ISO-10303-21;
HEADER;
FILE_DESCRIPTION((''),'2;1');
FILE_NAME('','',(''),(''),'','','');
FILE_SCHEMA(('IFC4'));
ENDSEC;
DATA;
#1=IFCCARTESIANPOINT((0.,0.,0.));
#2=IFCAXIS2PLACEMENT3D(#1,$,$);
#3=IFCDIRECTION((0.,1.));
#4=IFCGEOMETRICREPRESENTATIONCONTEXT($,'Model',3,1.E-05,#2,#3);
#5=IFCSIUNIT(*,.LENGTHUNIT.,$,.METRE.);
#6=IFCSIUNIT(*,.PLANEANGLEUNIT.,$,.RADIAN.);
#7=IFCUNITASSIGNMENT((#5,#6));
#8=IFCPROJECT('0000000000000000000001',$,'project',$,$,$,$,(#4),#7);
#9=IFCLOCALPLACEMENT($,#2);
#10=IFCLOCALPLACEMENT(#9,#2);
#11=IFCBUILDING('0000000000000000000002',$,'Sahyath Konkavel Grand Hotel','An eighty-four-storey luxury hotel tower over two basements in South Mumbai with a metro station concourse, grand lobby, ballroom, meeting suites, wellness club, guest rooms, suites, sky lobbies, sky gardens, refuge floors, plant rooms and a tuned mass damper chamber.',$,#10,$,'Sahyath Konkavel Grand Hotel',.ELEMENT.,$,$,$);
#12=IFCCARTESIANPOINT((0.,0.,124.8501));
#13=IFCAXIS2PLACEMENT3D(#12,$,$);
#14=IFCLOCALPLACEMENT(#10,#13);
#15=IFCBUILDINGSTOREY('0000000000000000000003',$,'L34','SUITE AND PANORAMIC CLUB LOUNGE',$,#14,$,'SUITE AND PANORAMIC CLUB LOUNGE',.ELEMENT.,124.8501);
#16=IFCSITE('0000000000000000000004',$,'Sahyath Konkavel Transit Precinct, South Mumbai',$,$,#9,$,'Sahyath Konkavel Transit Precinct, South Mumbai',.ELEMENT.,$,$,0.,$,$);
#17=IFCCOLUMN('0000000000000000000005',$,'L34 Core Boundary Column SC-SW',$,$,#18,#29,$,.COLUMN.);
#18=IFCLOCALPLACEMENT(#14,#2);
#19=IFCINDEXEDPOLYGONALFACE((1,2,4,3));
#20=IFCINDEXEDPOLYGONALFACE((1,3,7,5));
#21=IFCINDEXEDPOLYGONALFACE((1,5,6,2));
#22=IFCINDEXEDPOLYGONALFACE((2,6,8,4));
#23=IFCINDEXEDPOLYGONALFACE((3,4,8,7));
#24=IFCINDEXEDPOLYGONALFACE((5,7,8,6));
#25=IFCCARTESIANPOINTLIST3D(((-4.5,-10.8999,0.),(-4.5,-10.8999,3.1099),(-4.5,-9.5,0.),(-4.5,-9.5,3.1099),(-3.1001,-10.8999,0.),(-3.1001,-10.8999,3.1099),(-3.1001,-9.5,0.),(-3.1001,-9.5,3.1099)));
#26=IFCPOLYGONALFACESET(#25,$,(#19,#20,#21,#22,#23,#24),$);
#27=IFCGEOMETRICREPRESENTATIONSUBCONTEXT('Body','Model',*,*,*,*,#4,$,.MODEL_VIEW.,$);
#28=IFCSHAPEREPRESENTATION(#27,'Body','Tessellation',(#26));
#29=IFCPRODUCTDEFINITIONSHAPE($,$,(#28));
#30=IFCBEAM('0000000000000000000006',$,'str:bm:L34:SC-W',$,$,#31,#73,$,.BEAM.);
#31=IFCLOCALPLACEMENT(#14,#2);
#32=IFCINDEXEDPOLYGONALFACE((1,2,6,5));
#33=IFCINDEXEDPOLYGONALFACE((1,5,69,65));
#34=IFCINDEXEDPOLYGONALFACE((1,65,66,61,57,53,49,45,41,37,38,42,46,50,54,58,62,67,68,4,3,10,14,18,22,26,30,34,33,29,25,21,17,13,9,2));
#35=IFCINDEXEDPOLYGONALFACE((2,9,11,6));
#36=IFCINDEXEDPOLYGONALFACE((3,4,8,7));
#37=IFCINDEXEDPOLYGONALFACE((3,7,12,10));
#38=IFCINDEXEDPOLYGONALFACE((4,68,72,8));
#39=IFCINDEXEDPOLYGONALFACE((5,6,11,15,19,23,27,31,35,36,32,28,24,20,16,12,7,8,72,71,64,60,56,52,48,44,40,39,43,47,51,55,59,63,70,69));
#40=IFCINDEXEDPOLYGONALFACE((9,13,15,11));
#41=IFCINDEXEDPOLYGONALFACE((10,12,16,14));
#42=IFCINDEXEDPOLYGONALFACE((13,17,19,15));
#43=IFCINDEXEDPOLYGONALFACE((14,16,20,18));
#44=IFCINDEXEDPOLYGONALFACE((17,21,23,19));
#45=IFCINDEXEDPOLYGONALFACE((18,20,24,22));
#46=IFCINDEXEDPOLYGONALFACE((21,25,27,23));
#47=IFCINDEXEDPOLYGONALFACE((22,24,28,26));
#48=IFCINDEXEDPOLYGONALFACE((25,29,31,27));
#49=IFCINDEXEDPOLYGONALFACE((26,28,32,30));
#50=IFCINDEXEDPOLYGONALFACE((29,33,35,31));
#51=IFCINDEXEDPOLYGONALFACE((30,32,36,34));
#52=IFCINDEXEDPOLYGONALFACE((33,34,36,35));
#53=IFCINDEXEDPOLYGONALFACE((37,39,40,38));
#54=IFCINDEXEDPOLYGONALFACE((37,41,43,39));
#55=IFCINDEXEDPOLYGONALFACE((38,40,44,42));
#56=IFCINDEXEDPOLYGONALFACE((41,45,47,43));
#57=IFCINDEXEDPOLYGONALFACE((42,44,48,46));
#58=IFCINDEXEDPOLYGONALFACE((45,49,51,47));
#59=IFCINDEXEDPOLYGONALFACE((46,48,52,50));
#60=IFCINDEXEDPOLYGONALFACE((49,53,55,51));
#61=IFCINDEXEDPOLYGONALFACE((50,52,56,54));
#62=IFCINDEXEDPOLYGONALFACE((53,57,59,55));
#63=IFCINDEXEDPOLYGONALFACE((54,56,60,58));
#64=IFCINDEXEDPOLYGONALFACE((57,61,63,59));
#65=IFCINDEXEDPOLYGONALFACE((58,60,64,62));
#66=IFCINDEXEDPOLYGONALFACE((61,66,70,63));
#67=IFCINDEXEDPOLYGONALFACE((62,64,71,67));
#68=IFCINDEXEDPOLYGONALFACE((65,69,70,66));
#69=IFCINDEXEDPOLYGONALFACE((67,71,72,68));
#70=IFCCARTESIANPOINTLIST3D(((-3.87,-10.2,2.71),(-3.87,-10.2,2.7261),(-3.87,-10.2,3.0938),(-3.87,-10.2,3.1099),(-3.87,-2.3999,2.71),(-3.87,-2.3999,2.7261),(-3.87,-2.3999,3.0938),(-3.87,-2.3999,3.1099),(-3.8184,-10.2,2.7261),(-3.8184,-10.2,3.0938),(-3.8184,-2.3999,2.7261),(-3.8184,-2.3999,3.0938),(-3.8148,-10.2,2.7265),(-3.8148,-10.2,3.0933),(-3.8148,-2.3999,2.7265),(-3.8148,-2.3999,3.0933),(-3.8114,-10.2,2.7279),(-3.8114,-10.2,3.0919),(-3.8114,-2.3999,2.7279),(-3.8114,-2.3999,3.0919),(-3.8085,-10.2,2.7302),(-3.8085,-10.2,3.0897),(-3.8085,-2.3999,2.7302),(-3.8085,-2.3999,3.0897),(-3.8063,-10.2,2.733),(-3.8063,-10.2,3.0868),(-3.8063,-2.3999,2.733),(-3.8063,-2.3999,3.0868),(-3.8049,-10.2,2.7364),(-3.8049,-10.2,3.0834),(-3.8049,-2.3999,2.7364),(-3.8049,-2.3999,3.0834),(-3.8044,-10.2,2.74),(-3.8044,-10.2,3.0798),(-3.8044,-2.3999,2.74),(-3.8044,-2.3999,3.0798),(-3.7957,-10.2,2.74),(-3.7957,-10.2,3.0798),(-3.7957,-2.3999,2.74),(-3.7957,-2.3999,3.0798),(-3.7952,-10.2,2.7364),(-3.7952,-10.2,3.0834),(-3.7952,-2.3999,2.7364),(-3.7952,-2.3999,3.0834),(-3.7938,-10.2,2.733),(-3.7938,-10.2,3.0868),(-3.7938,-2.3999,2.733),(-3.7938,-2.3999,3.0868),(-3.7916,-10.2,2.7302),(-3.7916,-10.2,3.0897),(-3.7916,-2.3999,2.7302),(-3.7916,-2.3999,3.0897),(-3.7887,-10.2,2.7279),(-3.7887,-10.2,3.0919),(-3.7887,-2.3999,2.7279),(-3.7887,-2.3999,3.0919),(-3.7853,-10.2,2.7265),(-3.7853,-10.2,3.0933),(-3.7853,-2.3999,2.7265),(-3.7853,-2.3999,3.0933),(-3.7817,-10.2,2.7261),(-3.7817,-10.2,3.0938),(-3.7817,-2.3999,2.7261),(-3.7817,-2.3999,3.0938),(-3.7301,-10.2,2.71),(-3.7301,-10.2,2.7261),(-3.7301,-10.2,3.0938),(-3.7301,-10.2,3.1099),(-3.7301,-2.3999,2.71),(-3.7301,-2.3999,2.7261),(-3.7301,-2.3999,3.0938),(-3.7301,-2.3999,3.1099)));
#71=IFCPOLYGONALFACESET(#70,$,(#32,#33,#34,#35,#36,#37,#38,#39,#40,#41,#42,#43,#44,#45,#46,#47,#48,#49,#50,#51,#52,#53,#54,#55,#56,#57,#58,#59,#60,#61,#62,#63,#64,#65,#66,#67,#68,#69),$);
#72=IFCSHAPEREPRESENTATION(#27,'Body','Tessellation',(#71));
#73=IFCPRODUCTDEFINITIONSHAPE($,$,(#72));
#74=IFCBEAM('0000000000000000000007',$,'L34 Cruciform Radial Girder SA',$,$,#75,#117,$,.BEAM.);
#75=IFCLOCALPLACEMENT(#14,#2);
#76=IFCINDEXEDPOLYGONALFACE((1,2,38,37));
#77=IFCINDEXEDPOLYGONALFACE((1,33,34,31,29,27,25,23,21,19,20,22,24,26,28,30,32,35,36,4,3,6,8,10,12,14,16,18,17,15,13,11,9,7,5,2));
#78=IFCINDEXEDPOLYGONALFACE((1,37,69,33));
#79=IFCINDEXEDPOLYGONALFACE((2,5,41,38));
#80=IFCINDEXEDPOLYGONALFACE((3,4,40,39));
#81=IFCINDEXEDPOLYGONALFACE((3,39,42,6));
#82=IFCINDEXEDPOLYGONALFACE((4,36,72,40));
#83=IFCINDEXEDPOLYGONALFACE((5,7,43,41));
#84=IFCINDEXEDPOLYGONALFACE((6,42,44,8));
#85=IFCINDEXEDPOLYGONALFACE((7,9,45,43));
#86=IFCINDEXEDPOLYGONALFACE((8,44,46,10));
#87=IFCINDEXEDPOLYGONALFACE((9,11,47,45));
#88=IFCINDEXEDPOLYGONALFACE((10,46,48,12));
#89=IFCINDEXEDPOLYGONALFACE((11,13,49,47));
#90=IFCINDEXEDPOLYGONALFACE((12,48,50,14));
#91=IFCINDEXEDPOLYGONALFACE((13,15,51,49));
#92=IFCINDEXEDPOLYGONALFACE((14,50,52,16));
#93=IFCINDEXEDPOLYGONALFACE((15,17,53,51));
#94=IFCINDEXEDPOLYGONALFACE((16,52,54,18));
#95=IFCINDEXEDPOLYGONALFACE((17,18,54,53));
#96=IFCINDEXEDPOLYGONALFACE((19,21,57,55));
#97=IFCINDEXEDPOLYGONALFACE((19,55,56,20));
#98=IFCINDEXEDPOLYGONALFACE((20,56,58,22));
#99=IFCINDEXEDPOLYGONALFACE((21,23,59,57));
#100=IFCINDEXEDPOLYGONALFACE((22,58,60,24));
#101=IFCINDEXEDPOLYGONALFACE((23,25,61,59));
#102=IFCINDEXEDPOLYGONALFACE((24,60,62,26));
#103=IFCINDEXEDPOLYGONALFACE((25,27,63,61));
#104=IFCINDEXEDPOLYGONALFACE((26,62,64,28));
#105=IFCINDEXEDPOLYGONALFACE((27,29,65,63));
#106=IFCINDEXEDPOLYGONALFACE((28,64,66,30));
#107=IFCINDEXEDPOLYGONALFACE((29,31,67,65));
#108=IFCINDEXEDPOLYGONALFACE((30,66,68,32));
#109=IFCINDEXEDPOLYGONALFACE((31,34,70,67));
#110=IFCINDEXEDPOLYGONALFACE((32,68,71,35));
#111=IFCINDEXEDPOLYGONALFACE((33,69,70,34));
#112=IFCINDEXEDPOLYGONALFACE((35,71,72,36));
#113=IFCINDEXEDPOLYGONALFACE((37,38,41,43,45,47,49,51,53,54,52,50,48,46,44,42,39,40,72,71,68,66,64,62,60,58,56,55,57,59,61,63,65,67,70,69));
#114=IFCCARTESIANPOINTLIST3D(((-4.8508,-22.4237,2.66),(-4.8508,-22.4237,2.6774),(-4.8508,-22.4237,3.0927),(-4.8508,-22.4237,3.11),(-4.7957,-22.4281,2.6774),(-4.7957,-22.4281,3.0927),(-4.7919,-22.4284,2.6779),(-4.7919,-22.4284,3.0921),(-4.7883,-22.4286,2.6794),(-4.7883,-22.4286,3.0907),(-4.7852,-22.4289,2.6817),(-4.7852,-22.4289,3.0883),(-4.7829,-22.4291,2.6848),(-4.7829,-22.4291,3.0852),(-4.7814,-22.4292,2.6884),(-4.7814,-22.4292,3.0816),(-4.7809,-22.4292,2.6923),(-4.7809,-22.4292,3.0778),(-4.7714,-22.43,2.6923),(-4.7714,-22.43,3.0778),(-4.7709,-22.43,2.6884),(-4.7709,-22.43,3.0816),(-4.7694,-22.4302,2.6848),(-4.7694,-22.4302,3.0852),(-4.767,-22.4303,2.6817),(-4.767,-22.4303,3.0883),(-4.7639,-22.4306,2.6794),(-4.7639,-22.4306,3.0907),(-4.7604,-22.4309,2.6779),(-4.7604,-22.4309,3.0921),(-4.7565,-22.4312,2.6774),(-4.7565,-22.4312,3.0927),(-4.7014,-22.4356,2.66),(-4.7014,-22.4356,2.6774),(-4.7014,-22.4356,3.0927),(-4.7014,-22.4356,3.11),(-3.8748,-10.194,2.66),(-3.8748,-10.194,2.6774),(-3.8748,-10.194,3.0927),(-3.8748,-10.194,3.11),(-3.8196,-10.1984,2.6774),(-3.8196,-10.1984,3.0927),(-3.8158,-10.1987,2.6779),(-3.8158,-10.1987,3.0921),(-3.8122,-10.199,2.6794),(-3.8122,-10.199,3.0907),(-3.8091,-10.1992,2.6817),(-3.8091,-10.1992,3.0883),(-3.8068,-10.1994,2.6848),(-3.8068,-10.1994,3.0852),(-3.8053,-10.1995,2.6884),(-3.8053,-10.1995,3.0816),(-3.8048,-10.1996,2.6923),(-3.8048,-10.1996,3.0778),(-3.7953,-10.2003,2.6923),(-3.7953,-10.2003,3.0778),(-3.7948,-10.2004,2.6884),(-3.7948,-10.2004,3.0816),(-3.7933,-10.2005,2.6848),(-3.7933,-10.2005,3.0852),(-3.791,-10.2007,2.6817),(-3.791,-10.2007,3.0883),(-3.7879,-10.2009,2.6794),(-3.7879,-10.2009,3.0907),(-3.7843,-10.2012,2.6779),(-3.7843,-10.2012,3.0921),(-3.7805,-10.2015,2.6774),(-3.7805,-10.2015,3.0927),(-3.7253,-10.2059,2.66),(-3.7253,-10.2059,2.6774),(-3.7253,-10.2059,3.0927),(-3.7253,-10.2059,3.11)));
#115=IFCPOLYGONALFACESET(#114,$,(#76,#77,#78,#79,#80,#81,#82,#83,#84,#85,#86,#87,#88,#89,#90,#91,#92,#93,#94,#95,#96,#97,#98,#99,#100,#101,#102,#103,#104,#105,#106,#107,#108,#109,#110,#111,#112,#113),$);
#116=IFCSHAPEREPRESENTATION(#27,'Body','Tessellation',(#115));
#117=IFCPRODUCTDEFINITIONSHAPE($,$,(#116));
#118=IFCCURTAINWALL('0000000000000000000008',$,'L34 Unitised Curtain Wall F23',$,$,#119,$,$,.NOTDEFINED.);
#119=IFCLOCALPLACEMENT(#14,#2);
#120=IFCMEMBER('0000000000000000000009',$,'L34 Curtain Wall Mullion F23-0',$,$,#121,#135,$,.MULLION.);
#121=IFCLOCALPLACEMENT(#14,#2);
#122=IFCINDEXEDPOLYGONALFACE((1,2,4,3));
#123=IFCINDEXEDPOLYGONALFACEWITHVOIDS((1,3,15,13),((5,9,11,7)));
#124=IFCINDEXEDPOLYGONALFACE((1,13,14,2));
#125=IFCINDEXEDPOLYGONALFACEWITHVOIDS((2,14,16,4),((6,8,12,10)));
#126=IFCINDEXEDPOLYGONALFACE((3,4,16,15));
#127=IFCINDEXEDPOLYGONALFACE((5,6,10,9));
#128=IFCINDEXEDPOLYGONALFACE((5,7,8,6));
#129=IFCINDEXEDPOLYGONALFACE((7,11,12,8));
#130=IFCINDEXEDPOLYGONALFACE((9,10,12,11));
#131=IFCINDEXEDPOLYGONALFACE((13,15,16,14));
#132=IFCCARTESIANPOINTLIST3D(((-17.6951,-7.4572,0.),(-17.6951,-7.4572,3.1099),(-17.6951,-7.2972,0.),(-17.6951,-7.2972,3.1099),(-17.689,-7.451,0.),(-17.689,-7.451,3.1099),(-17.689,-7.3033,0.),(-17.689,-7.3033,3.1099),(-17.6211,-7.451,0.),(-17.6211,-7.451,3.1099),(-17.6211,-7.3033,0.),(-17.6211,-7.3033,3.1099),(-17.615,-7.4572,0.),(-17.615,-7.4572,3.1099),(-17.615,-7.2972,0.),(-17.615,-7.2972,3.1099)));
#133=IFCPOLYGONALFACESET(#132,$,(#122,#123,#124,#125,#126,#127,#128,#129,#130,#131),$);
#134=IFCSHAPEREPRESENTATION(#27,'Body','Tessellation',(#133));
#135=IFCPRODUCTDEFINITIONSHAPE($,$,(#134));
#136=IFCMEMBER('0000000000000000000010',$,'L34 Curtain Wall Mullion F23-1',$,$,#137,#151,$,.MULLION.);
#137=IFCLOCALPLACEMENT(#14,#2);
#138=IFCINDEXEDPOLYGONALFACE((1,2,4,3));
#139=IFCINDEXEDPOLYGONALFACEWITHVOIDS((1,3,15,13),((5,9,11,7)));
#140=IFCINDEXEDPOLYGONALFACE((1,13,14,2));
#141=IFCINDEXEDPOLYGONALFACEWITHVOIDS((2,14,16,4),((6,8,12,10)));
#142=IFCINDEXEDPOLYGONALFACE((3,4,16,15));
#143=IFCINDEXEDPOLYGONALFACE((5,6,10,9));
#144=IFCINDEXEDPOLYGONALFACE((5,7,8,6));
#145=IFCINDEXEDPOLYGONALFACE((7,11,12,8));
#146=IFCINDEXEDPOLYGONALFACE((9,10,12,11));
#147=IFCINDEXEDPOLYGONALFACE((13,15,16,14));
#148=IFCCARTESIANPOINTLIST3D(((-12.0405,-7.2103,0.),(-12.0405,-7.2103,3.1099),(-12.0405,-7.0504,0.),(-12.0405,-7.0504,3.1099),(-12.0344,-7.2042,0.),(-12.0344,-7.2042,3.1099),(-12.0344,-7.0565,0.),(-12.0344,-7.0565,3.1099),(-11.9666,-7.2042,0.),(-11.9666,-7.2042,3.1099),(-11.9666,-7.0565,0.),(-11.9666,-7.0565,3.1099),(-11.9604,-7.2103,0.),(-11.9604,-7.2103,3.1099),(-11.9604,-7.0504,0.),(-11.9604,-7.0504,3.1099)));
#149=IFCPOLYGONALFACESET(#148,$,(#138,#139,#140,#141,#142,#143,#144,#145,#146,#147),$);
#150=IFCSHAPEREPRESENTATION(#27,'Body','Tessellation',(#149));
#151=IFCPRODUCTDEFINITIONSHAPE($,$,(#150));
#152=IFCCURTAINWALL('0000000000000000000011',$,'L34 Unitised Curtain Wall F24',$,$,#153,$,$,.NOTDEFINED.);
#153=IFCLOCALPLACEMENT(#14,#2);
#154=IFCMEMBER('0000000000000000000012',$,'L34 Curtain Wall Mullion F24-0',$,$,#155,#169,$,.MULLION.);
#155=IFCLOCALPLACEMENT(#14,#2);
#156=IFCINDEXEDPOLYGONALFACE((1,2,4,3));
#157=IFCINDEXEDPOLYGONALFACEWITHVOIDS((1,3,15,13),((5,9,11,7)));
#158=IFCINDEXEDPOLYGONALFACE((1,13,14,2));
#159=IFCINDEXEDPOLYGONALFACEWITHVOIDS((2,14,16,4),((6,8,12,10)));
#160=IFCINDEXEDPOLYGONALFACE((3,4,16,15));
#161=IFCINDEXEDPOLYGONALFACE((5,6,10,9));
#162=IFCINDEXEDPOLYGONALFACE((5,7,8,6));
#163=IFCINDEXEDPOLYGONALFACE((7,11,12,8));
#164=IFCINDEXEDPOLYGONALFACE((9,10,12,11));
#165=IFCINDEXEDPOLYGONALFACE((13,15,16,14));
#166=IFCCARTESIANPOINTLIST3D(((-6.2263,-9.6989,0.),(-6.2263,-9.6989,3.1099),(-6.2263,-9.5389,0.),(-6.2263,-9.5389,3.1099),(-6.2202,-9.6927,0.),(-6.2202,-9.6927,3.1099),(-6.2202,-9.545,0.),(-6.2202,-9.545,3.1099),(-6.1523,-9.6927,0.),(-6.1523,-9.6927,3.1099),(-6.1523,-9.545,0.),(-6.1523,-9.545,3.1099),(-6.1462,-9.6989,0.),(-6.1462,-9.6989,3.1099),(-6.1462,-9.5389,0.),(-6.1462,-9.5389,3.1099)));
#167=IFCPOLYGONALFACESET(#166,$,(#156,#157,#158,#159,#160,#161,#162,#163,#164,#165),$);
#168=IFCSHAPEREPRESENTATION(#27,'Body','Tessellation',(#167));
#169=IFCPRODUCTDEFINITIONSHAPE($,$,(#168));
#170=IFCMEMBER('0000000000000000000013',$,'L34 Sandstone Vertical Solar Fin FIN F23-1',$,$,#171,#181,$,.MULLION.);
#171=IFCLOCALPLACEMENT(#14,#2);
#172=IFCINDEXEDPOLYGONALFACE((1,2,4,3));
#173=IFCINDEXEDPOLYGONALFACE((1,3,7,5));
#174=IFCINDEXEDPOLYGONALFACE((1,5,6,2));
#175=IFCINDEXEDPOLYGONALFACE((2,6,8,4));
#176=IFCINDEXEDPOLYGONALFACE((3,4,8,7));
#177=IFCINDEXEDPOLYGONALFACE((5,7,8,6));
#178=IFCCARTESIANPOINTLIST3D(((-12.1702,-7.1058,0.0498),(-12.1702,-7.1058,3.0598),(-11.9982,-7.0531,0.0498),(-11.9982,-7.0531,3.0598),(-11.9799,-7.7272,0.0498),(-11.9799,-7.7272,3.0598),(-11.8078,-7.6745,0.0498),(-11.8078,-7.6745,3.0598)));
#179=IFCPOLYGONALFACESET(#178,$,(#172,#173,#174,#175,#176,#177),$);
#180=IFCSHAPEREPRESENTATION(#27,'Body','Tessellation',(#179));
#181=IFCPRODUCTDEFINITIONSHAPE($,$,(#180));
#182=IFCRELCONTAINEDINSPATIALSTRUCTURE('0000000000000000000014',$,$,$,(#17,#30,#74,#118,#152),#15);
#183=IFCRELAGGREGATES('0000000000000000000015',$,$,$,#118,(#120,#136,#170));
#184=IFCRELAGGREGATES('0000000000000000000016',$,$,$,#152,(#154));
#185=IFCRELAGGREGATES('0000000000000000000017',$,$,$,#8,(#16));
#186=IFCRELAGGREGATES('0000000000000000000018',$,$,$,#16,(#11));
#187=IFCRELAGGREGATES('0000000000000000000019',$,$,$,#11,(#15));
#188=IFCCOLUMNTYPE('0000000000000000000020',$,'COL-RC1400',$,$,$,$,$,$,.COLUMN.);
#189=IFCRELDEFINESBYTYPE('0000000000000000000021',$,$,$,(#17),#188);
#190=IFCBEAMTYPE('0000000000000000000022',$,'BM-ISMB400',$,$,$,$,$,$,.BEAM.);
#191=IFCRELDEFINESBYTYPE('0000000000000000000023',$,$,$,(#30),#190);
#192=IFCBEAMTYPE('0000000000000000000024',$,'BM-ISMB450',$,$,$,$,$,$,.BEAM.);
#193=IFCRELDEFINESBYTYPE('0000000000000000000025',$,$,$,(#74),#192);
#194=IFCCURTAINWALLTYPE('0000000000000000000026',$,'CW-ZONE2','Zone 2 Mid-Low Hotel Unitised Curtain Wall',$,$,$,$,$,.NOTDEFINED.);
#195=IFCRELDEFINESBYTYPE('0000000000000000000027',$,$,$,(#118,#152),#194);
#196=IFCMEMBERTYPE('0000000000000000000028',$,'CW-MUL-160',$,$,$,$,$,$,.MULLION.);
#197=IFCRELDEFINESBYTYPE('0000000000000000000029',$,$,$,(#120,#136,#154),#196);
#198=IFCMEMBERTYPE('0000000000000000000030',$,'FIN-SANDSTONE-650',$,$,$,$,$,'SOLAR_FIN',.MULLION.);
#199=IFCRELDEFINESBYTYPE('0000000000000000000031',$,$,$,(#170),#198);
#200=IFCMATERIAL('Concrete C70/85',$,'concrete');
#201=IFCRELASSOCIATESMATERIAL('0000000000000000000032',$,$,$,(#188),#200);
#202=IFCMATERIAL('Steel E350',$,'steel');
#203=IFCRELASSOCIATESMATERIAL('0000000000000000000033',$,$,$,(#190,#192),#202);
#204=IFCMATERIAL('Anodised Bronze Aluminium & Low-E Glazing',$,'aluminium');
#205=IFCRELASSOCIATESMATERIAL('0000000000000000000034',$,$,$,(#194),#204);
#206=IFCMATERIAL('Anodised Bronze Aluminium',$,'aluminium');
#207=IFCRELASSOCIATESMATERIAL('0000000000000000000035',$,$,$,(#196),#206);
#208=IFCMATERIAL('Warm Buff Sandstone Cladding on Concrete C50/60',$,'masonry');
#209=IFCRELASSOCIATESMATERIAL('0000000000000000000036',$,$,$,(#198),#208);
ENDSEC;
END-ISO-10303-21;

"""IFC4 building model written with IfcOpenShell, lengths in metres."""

from ifc_helpers import new_model, si_unit, direction, frame, origin, origin_2d, place, context, subcontext, project, spatial, rectangle, hollow_rectangle, i_section, extrude, source, transform, mapped, material, material_profile, profile_set, type_object, element, aggregate, save


model = new_model("IFC4")

# Units and contexts
model_context = context("Model", 3, precision=1e-05, world=origin(), true_north=direction((0.0, 1.0)))
body_context = subcontext(model_context, "Body", "Model", "MODEL_VIEW")
ifc_project = project(units=[si_unit("LENGTHUNIT", "METRE"), si_unit("PLANEANGLEUNIT", "RADIAN")], contexts=[model_context])

# Site, building, storey
site_placement = place(None, origin())
site = spatial("IfcSite", under=ifc_project, at=site_placement, Name="Sahyath Konkavel Transit Precinct, South Mumbai", LongName="Sahyath Konkavel Transit Precinct, South Mumbai", CompositionType="ELEMENT", RefElevation=0.0)
building_placement = place(site_placement, origin())
building = spatial("IfcBuilding", under=site, at=building_placement, Name="Sahyath Konkavel Grand Hotel", Description="An eighty-four-storey luxury hotel tower over two basements in South Mumbai with a metro station concourse, grand lobby, ballroom, meeting suites, wellness club, guest rooms, suites, sky lobbies, sky gardens, refuge floors, plant rooms and a tuned mass damper chamber.", LongName="Sahyath Konkavel Grand Hotel", CompositionType="ELEMENT")
storey_placement = place(building_placement, frame((0.0, 0.0, 124.8501)))
storey = spatial("IfcBuildingStorey", under=building, at=storey_placement, Name="L34", Description="SUITE AND PANORAMIC CLUB LOUNGE", LongName="SUITE AND PANORAMIC CLUB LOUNGE", CompositionType="ELEMENT", Elevation=124.8501)

# Column
ifc_material_1 = material(Name="Concrete C70/85", Category="concrete")
ifc_material_profile_1 = material_profile(ifc_material_1, rectangle(XDim=1.3999, YDim=1.3999, at=origin_2d()), Name="RC 1400x1400")
ifc_profile_set_1 = profile_set([ifc_material_profile_1], Name="Concrete C70/85")
column_type = type_object("IfcColumnType", Name="COL-RC1400", PredefinedType="COLUMN", material=ifc_profile_set_1)
shared_shape_1 = source(origin(), body_context, "Body", "SweptSolid", [
    extrude(rectangle(XDim=1.3999, YDim=1.3999, at=origin_2d()), origin(), (0.0, 0.0, 1.0), 3.1099),
])
column_placement = place(storey_placement, frame((-3.8, -10.2, 0.0), z_axis=(0.0, 0.0, 1.0), x_axis=(1.0, 0.0, 0.0)))
element("IfcColumn", 1, at=column_placement, inside=storey, type_object=column_type, Name="L34 Core Boundary Column SC-SW", PredefinedType="COLUMN", context=body_context, shape_type="MappedRepresentation", body=[
    mapped(shared_shape_1, transform((0.0, 0.0, 0.0), scale=1.0)),
])

# Beams
ifc_material_2 = material(Name="Steel E350", Category="steel")
ifc_material_profile_2 = material_profile(ifc_material_2, i_section(OverallWidth=0.1399, OverallDepth=0.3999, WebThickness=0.0088, FlangeThickness=0.0161, FilletRadius=0.0139, at=origin_2d()), Name="ISMB 400")
ifc_profile_set_2 = profile_set([ifc_material_profile_2], Name="Steel E350")
beam_type_1 = type_object("IfcBeamType", Name="BM-ISMB400", PredefinedType="BEAM", material=ifc_profile_set_2)
shared_shape_2 = source(origin(), body_context, "Body", "SweptSolid", [
    extrude(i_section(OverallWidth=0.1399, OverallDepth=0.3999, WebThickness=0.0088, FlangeThickness=0.0161, FilletRadius=0.0139, at=origin_2d()), origin(), (0.0, 0.0, 1.0), 7.8),
])
beam_1_placement = place(storey_placement, frame((-3.8, -10.2, 2.9099), z_axis=(0.0, 1.0, 0.0), x_axis=(-1.0, 0.0, 0.0)))
element("IfcBeam", 2, at=beam_1_placement, inside=storey, type_object=beam_type_1, Name="str:bm:L34:SC-W", PredefinedType="BEAM", context=body_context, shape_type="MappedRepresentation", body=[
    mapped(shared_shape_2, transform((0.0, 0.0, 0.0), scale=1.0)),
])
ifc_material_profile_3 = material_profile(ifc_material_2, i_section(OverallWidth=0.1499, OverallDepth=0.45, WebThickness=0.0095, FlangeThickness=0.0173, FilletRadius=0.0149, at=origin_2d()), Name="ISMB 450")
ifc_profile_set_3 = profile_set([ifc_material_profile_3], Name="Steel E350")
beam_type_2 = type_object("IfcBeamType", Name="BM-ISMB450", PredefinedType="BEAM", material=ifc_profile_set_3)
shared_shape_3 = source(origin(), body_context, "Body", "SweptSolid", [
    extrude(i_section(OverallWidth=0.1499, OverallDepth=0.45, WebThickness=0.0095, FlangeThickness=0.0173, FilletRadius=0.0149, at=origin_2d()), origin(), (0.0, 0.0, 1.0), 12.2686),
])
beam_2_placement = place(storey_placement, frame((-3.8, -10.2, 2.885), z_axis=(-0.079559, -0.99683, 0.0), x_axis=(0.99683, -0.079559, 0.0)))
element("IfcBeam", 3, at=beam_2_placement, inside=storey, type_object=beam_type_2, Name="L34 Cruciform Radial Girder SA", PredefinedType="BEAM", context=body_context, shape_type="MappedRepresentation", body=[
    mapped(shared_shape_3, transform((0.0, 0.0, 0.0), scale=1.0)),
])

# Curtain wall, members
ifc_material_3 = material(Name="Anodised Bronze Aluminium & Low-E Glazing", Category="aluminium")
curtain_wall_type = type_object("IfcCurtainWallType", Name="CW-ZONE2", Description="Zone 2 Mid-Low Hotel Unitised Curtain Wall", PredefinedType="NOTDEFINED", material=ifc_material_3)
curtain_wall_1_placement = place(storey_placement, origin())
curtain_wall_1 = element("IfcCurtainWall", 4, at=curtain_wall_1_placement, inside=storey, type_object=curtain_wall_type, Name="L34 Unitised Curtain Wall F23", PredefinedType="NOTDEFINED")
ifc_material_4 = material(Name="Anodised Bronze Aluminium", Category="aluminium")
ifc_material_profile_4 = material_profile(ifc_material_4, hollow_rectangle(XDim=0.0801, YDim=0.1599, WallThickness=0.0061, at=origin_2d()), Name="RHS 160x80x6")
ifc_profile_set_4 = profile_set([ifc_material_profile_4], Name="Anodised Bronze Aluminium")
member_type_1 = type_object("IfcMemberType", Name="CW-MUL-160", PredefinedType="MULLION", material=ifc_profile_set_4)
shared_shape_4 = source(origin(), body_context, "Body", "SweptSolid", [
    extrude(hollow_rectangle(XDim=0.0801, YDim=0.1599, WallThickness=0.0061, at=origin_2d()), origin(), (0.0, 0.0, 1.0), 3.1099),
])
member_1_placement = place(storey_placement, frame((-17.655, -7.3772, 0.0), z_axis=(0.0, 0.0, 1.0), x_axis=(1.0, 0.0, 0.0)))
member_1 = element("IfcMember", 5, at=member_1_placement, type_object=member_type_1, Name="L34 Curtain Wall Mullion F23-0", PredefinedType="MULLION", context=body_context, shape_type="MappedRepresentation", body=[
    mapped(shared_shape_4, transform((0.0, 0.0, 0.0), scale=1.0)),
])
member_2_placement = place(storey_placement, frame((-12.0005, -7.1304, 0.0), z_axis=(0.0, 0.0, 1.0), x_axis=(1.0, 0.0, 0.0)))
member_2 = element("IfcMember", 6, at=member_2_placement, type_object=member_type_1, Name="L34 Curtain Wall Mullion F23-1", PredefinedType="MULLION", context=body_context, shape_type="MappedRepresentation", body=[
    mapped(shared_shape_4, transform((0.0, 0.0, 0.0), scale=1.0)),
])

# Curtain wall, member
curtain_wall_2_placement = place(storey_placement, origin())
curtain_wall_2 = element("IfcCurtainWall", 7, at=curtain_wall_2_placement, inside=storey, type_object=curtain_wall_type, Name="L34 Unitised Curtain Wall F24", PredefinedType="NOTDEFINED")
member_3_placement = place(storey_placement, frame((-6.1863, -9.6189, 0.0), z_axis=(0.0, 0.0, 1.0), x_axis=(1.0, 0.0, 0.0)))
member_3 = element("IfcMember", 8, at=member_3_placement, type_object=member_type_1, Name="L34 Curtain Wall Mullion F24-0", PredefinedType="MULLION", context=body_context, shape_type="MappedRepresentation", body=[
    mapped(shared_shape_4, transform((0.0, 0.0, 0.0), scale=1.0)),
])

# Member
ifc_material_5 = material(Name="Warm Buff Sandstone Cladding on Concrete C50/60", Category="masonry")
ifc_material_profile_5 = material_profile(ifc_material_5, rectangle(XDim=0.1799, YDim=0.6499, at=origin_2d()), Name="FIN 180x650")
ifc_profile_set_5 = profile_set([ifc_material_profile_5], Name="Warm Buff Sandstone Cladding on Concrete C50/60")
member_type_2 = type_object("IfcMemberType", Name="FIN-SANDSTONE-650", ElementType="SOLAR_FIN", PredefinedType="MULLION", material=ifc_profile_set_5)
shared_shape_5 = source(origin(), body_context, "Body", "SweptSolid", [
    extrude(rectangle(XDim=0.1799, YDim=0.6499, at=origin_2d()), origin(), (0.0, 0.0, 1.0), 3.01),
])
member_4_placement = place(storey_placement, frame((-11.989, -7.3901, 0.0498), z_axis=(0.0, 0.0, 1.0), x_axis=(0.956152, 0.292872, 0.0)))
member_4 = element("IfcMember", 9, at=member_4_placement, type_object=member_type_2, Name="L34 Sandstone Vertical Solar Fin FIN F23-1", PredefinedType="MULLION", context=body_context, shape_type="MappedRepresentation", body=[
    mapped(shared_shape_5, transform((0.0, 0.0, 0.0), scale=1.0)),
])

aggregate(curtain_wall_1, [member_1, member_2, member_4])
aggregate(curtain_wall_2, [member_3])

save(model, "model.ifc")
